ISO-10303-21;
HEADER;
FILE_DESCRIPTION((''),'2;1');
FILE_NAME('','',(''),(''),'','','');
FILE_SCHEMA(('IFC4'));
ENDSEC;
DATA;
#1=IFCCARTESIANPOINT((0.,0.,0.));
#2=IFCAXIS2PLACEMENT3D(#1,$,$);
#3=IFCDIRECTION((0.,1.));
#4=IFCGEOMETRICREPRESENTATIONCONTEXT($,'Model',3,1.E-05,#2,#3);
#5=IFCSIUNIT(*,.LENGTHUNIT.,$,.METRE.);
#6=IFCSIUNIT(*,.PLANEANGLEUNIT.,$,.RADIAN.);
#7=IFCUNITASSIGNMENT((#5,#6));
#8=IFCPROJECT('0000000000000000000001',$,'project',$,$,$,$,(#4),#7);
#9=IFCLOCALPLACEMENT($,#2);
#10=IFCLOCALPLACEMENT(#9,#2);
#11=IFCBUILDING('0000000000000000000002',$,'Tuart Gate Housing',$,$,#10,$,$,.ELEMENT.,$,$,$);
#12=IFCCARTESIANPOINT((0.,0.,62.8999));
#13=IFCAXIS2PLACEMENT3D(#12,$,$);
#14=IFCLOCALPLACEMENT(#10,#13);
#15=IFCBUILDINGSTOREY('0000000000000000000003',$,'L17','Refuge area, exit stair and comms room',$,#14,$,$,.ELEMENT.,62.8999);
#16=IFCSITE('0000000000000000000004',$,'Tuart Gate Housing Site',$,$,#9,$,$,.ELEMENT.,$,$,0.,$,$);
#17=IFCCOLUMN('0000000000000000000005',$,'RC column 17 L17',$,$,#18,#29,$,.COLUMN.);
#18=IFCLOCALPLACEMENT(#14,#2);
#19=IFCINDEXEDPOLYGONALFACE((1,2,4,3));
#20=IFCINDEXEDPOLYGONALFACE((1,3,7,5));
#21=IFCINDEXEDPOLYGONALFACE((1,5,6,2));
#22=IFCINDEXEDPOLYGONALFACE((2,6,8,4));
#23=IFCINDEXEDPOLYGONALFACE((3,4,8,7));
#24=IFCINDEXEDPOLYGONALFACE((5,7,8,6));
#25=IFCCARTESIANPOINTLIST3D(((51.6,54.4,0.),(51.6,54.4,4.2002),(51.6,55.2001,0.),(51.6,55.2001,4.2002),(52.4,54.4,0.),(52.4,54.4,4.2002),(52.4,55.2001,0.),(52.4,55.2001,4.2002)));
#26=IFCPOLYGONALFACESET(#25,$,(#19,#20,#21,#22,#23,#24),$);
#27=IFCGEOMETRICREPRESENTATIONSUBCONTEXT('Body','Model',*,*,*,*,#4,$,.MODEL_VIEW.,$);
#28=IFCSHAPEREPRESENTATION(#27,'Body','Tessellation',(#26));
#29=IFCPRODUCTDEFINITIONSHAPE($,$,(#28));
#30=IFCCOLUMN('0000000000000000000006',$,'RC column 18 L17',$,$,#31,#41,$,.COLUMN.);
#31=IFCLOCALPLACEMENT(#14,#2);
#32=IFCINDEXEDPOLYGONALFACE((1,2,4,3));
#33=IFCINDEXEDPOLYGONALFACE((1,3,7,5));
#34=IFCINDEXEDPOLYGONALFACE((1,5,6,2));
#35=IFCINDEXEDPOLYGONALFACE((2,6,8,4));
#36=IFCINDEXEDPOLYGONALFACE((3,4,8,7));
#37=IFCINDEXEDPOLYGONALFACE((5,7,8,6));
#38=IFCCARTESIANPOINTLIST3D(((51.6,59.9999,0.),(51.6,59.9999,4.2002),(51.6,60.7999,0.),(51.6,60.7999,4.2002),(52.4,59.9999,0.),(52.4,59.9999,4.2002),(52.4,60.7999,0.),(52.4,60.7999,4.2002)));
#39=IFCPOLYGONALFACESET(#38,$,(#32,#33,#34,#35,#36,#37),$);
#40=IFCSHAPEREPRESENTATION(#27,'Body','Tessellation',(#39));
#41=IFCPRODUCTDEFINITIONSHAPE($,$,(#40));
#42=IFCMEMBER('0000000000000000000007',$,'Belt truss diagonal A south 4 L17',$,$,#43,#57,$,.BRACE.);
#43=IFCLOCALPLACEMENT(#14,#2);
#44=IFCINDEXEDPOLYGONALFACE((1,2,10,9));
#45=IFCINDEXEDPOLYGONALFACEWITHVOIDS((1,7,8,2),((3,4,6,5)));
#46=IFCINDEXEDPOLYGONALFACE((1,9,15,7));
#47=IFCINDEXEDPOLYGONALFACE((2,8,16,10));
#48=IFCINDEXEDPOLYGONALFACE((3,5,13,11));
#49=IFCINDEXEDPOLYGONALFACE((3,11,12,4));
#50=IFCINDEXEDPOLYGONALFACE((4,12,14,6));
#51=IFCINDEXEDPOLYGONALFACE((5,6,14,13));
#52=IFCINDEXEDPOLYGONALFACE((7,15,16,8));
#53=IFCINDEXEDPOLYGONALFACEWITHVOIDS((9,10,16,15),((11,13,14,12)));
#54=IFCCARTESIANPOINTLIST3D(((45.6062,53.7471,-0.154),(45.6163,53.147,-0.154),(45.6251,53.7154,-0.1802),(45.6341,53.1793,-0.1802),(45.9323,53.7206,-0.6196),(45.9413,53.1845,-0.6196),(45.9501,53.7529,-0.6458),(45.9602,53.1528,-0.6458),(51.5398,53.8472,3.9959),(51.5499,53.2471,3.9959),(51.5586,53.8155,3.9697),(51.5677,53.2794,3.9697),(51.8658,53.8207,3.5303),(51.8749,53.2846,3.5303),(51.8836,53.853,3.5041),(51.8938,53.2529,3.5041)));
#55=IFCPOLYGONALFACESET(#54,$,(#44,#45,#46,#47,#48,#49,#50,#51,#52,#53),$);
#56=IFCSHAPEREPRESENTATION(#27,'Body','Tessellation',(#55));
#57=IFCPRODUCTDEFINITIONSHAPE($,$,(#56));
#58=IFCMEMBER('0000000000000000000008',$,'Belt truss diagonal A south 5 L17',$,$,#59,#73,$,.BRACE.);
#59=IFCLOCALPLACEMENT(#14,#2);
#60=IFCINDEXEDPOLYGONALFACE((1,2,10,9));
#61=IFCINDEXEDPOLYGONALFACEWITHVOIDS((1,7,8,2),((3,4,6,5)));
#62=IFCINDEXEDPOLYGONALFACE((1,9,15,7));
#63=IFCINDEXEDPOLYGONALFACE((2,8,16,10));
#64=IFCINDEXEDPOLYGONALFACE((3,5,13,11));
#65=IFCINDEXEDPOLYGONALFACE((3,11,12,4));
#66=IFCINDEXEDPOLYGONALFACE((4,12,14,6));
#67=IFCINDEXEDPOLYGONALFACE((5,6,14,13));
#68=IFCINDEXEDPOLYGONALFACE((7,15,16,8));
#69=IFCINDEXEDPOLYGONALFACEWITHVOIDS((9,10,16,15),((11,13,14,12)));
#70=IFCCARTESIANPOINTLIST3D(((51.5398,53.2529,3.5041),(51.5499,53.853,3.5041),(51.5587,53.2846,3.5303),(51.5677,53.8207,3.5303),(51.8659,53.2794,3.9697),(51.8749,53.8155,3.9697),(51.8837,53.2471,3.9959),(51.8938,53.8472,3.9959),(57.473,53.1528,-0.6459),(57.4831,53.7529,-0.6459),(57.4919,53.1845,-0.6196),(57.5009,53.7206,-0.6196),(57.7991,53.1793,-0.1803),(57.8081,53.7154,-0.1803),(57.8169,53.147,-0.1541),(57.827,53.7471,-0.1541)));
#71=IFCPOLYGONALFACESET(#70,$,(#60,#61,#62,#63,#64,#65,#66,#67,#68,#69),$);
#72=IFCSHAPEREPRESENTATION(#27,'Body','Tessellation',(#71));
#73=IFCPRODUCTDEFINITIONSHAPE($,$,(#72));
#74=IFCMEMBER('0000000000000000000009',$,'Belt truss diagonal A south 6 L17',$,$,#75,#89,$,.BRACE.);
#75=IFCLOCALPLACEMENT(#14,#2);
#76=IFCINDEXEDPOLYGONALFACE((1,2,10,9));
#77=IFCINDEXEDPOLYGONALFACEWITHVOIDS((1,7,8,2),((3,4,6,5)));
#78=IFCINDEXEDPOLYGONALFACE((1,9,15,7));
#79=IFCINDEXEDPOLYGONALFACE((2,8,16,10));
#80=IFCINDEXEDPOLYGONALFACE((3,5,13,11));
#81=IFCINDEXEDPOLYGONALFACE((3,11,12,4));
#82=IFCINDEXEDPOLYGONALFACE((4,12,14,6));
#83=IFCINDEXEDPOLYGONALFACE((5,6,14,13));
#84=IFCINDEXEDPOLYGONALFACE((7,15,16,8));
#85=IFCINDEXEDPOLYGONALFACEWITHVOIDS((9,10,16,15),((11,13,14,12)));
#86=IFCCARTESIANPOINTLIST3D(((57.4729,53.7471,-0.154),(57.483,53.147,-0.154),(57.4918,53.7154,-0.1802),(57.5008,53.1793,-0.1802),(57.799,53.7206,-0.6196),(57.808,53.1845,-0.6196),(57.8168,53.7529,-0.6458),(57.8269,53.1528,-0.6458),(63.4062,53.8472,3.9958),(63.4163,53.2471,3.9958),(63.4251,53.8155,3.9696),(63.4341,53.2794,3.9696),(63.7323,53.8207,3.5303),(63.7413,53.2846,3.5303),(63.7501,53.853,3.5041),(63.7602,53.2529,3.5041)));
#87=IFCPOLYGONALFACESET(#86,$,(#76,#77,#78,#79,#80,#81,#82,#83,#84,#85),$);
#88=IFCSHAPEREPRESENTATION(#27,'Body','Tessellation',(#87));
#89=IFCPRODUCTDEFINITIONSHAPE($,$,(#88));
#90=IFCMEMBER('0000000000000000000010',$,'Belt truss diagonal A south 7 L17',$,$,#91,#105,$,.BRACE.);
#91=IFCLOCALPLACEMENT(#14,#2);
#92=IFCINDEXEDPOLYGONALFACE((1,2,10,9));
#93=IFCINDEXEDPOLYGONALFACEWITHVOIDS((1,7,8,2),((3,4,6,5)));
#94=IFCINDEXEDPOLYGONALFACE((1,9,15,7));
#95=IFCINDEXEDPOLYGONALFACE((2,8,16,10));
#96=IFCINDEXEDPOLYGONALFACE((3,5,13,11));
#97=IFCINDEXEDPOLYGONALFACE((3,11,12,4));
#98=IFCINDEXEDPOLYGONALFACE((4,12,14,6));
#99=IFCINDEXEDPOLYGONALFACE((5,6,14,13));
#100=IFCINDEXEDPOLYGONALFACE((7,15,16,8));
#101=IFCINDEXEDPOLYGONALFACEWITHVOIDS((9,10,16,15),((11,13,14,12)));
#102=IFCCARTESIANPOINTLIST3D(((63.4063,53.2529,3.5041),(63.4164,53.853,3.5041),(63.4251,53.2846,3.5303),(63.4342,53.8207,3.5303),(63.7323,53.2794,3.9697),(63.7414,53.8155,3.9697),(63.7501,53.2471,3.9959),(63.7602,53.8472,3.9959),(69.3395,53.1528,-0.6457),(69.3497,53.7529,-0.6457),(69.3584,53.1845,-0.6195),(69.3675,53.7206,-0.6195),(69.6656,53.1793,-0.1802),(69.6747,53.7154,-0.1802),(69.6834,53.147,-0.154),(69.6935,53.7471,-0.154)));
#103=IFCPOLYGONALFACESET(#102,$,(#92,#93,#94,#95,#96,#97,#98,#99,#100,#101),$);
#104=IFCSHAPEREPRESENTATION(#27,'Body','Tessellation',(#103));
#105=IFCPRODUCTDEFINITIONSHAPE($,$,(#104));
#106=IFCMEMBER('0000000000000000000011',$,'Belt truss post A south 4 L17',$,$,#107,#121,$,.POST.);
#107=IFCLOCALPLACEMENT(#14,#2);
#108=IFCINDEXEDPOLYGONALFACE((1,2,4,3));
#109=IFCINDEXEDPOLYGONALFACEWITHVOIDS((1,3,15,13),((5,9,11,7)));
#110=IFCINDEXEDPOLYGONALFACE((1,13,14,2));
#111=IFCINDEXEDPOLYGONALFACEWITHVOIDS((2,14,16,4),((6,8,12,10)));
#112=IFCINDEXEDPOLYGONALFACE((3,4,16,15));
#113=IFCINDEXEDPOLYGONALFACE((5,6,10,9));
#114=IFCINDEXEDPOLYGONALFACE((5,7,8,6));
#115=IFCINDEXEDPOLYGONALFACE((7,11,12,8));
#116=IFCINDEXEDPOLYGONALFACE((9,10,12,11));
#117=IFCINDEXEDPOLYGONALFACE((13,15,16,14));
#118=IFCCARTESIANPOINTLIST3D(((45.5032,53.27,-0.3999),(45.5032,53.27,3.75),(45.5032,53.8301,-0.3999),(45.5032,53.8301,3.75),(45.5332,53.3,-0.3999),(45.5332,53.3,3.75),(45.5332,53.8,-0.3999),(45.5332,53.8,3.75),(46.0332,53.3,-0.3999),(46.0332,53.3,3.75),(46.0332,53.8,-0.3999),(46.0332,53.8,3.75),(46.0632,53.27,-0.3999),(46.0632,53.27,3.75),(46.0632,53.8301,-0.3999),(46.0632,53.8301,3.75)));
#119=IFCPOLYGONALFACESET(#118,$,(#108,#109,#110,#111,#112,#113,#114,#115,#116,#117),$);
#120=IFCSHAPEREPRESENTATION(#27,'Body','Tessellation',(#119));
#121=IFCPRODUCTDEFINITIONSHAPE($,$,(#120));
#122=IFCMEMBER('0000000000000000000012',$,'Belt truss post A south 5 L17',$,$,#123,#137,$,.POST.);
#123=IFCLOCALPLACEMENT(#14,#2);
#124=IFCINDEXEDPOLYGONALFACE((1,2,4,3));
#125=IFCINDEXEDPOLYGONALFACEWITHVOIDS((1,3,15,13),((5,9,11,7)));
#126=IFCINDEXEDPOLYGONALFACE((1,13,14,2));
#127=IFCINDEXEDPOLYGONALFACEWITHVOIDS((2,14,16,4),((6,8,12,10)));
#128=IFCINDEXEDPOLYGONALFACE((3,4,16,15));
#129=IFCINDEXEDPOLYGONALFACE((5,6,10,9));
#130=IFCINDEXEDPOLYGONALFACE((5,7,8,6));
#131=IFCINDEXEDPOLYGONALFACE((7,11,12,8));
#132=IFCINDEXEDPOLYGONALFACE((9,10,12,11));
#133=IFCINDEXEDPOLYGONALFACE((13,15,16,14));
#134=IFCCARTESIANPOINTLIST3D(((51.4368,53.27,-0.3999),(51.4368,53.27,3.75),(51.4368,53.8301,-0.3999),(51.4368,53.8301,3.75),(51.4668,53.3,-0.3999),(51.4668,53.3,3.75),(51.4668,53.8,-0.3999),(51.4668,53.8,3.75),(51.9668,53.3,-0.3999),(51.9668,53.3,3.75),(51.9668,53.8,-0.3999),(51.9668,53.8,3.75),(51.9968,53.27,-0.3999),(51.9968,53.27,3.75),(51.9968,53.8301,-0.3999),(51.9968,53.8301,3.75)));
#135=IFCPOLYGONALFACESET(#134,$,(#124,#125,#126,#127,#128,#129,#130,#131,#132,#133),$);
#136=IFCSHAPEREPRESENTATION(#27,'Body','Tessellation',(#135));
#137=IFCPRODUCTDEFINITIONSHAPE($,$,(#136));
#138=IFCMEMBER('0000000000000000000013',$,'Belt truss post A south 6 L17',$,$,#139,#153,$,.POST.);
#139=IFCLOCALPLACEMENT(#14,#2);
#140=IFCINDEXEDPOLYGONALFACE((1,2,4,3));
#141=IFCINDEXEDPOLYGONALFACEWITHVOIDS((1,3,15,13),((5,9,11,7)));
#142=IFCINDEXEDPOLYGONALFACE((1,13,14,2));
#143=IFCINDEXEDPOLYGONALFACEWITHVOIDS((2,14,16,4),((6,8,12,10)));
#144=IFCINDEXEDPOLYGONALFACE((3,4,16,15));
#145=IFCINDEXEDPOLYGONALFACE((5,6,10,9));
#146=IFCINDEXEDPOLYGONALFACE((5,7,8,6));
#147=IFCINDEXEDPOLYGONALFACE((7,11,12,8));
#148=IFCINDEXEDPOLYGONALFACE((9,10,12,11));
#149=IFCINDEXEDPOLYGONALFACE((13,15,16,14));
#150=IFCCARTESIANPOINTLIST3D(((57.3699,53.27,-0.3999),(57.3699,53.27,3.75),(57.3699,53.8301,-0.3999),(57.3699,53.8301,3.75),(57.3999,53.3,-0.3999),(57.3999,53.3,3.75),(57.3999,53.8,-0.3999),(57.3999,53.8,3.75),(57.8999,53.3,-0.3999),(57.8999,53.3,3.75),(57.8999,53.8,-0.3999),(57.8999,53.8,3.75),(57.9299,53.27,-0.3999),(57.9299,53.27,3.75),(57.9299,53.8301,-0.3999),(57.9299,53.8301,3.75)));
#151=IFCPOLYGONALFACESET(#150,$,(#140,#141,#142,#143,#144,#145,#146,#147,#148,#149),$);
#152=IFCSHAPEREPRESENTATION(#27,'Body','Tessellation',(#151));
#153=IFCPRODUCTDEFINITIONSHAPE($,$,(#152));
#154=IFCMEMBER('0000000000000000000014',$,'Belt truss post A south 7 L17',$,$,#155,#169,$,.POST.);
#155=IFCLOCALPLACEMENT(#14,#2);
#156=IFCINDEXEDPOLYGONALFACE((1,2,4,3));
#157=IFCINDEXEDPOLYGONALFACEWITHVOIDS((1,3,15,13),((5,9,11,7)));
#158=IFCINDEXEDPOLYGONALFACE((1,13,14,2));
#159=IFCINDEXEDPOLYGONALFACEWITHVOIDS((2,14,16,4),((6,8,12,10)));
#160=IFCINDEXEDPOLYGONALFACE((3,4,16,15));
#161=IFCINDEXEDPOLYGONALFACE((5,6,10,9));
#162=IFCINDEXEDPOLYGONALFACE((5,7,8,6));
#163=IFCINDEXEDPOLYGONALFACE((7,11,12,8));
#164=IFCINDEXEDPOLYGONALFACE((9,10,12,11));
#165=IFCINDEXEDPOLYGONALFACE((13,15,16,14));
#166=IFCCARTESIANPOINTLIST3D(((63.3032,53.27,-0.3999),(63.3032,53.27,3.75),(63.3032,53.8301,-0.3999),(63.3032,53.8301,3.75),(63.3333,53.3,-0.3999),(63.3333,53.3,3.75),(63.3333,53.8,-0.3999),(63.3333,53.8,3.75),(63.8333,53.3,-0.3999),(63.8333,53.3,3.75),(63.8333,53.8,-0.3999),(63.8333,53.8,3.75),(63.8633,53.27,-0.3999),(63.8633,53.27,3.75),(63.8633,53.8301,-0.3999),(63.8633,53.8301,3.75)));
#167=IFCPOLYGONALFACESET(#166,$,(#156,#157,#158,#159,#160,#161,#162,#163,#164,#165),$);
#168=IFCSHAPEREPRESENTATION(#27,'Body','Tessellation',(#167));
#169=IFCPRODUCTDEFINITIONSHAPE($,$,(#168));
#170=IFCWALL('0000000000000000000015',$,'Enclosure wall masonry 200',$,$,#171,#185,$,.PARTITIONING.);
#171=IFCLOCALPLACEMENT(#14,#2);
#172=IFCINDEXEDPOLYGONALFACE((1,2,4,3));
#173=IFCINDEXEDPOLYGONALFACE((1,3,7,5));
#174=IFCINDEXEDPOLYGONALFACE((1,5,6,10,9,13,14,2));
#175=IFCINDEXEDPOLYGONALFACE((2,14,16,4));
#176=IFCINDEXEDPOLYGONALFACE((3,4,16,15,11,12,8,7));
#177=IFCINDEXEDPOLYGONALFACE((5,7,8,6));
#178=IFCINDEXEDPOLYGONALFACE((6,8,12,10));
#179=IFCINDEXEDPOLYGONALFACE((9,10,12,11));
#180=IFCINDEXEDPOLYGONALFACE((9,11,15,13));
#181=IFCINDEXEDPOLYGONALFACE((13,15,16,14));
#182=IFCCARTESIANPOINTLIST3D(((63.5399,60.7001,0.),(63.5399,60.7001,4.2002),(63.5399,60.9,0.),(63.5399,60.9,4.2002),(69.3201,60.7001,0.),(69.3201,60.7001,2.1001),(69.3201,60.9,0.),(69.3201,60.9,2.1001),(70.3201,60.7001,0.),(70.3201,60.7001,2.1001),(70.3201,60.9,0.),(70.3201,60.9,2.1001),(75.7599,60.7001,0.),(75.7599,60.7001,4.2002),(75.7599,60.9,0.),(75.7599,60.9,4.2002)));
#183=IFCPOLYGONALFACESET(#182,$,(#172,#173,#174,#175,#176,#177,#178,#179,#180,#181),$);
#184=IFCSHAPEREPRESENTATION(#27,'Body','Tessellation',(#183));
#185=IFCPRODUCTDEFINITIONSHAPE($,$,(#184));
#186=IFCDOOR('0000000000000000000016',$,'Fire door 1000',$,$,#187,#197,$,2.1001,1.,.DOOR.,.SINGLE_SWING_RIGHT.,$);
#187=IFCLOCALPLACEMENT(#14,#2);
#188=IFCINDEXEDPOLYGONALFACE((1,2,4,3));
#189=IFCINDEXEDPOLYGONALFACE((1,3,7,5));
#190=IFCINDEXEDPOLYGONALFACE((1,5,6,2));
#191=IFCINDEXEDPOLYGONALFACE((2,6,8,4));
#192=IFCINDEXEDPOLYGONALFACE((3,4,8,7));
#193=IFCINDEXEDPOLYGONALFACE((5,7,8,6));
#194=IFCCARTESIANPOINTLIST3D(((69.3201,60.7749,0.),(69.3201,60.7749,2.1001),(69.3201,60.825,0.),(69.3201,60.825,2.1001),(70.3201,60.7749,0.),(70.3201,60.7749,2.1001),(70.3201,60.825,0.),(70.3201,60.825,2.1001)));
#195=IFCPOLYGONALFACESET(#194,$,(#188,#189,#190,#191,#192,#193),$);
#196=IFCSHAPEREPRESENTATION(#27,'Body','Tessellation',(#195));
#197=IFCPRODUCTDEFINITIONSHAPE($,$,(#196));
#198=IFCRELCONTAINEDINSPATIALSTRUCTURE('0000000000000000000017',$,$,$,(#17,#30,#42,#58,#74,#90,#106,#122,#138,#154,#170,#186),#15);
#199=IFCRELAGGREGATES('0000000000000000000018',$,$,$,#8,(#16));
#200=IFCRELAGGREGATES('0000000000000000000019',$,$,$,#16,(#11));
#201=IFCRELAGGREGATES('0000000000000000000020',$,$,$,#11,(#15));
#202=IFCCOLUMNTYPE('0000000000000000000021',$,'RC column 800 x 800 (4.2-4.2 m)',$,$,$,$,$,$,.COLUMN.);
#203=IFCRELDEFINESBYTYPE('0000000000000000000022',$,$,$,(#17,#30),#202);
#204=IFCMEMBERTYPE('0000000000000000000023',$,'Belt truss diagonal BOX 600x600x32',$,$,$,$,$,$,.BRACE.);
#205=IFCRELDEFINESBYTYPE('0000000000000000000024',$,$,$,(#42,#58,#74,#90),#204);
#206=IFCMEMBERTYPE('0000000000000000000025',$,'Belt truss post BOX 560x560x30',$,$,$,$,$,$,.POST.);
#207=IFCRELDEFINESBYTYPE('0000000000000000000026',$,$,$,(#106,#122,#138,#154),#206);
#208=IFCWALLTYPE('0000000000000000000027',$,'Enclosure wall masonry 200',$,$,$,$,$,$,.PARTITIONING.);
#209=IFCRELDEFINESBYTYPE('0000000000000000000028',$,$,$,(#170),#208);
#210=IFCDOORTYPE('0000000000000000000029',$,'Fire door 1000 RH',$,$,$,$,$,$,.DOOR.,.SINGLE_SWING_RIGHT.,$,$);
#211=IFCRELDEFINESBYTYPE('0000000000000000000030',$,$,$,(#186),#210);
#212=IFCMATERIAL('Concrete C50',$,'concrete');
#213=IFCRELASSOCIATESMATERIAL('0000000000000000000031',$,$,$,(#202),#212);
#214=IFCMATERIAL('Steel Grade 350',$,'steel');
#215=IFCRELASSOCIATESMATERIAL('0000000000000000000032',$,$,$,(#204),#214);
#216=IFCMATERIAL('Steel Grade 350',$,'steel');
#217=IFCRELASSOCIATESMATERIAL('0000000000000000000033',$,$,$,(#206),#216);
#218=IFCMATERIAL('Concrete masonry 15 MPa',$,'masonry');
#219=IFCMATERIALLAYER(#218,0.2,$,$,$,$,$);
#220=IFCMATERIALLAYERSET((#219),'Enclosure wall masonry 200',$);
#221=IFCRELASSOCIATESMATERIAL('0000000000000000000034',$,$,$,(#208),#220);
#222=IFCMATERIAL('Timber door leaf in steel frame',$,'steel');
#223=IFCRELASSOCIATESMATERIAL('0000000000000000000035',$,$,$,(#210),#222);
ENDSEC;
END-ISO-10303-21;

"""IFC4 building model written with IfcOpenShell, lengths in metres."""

from ifc_helpers import new_model, si_unit, direction, frame, frame_2d, origin, origin_2d, place, context, subcontext, project, spatial, rectangle, hollow_rectangle, extrude, material, layer, layer_set, material_profile, profile_set, type_object, element, fill, save


model = new_model("IFC4")

# Units and contexts
model_context = context("Model", 3, precision=1e-05, world=origin(), true_north=direction((0.0, 1.0)))
body_context = subcontext(model_context, "Body", "Model", "MODEL_VIEW")
ifc_project = project(units=[si_unit("LENGTHUNIT", "METRE"), si_unit("PLANEANGLEUNIT", "RADIAN")], contexts=[model_context])

# Site, building, storey
site_placement = place(None, origin())
site = spatial("IfcSite", under=ifc_project, at=site_placement, Name="Tuart Gate Housing Site", CompositionType="ELEMENT", RefElevation=0.0)
building_placement = place(site_placement, origin())
building = spatial("IfcBuilding", under=site, at=building_placement, Name="Tuart Gate Housing", CompositionType="ELEMENT")
storey_placement = place(building_placement, frame((0.0, 0.0, 62.8999)))
storey = spatial("IfcBuildingStorey", under=building, at=storey_placement, Name="L17", Description="Refuge area, exit stair and comms room", CompositionType="ELEMENT", Elevation=62.8999)

# Columns
ifc_material_1 = material(Name="Concrete C50", Category="concrete")
ifc_material_profile_1 = material_profile(ifc_material_1, rectangle(XDim=0.8, YDim=0.8, at=origin_2d()), Name="RC column 800 x 800 (4.2-4.2 m)")
ifc_profile_set_1 = profile_set([ifc_material_profile_1], Name="Concrete C50")
column_type = type_object("IfcColumnType", Name="RC column 800 x 800 (4.2-4.2 m)", PredefinedType="COLUMN", material=ifc_profile_set_1)
for number, where, z_axis, x_axis, name in (
    (1, (52.0, 54.8, 0.0), (0.0, 0.0, 1.0), (1.0, 0.0, 0.0), "RC column 17 L17"),
    (2, (52.0, 60.3999, 0.0), (0.0, 0.0, 1.0), (1.0, 0.0, 0.0), "RC column 18 L17"),
):
    element("IfcColumn", number, at=place(storey_placement, frame(where, z_axis=z_axis, x_axis=x_axis)), inside=storey, type_object=column_type, Name=name, PredefinedType="COLUMN", context=body_context, shape_type="SweptSolid", body=[
        extrude(rectangle(XDim=0.8, YDim=0.8, at=origin_2d()), origin(), (0.0, 0.0, 1.0), 4.2002),
    ])

# Members
ifc_material_2 = material(Name="Steel Grade 350", Category="steel")
ifc_material_profile_2 = material_profile(ifc_material_2, hollow_rectangle(XDim=0.6001, YDim=0.6001, WallThickness=0.032, at=origin_2d()), Name="BOX 600x600x32")
ifc_profile_set_2 = profile_set([ifc_material_profile_2], Name="Steel Grade 350")
member_type_1 = type_object("IfcMemberType", Name="Belt truss diagonal BOX 600x600x32", PredefinedType="BRACE", material=ifc_profile_set_2)
member_placement = place(storey_placement, frame((45.7832, 53.45, -0.3999), z_axis=(0.819388, 0.013823, 0.573073), x_axis=(-0.016867, 0.999858, 0.0)))
element("IfcMember", 3, at=member_placement, inside=storey, type_object=member_type_1, Name="Belt truss diagonal A south 4 L17", PredefinedType="BRACE", context=body_context, shape_type="SweptSolid", body=[
    extrude(hollow_rectangle(XDim=0.6001, YDim=0.6001, WallThickness=0.032, at=origin_2d()), origin(), (0.0, 0.0, 1.0), 7.2415),
])
for number, where, z_axis, x_axis, name in (
    (4, (51.7168, 53.55, 3.75), (0.819366, -0.013824, -0.573104), (0.016869, 0.999858, 0.0), "Belt truss diagonal A south 5 L17"),
    (5, (57.6499, 53.45, -0.3999), (0.819377, 0.013823, 0.573088), (-0.016868, 0.999858, 0.0), "Belt truss diagonal A south 6 L17"),
    (6, (63.5833, 53.55, 3.75), (0.819377, -0.013823, -0.573088), (0.016868, 0.999858, 0.0), "Belt truss diagonal A south 7 L17"),
):
    element("IfcMember", number, at=place(storey_placement, frame(where, z_axis=z_axis, x_axis=x_axis)), inside=storey, type_object=member_type_1, Name=name, PredefinedType="BRACE", context=body_context, shape_type="SweptSolid", body=[
        extrude(hollow_rectangle(XDim=0.6001, YDim=0.6001, WallThickness=0.032, at=origin_2d()), origin(), (0.0, 0.0, 1.0), 7.2412),
    ])
ifc_material_3 = material(Name="Steel Grade 350", Category="steel")
ifc_material_profile_3 = material_profile(ifc_material_3, hollow_rectangle(XDim=0.5601, YDim=0.5601, WallThickness=0.03, at=origin_2d()), Name="BOX 560x560x30")
ifc_profile_set_3 = profile_set([ifc_material_profile_3], Name="Steel Grade 350")
member_type_2 = type_object("IfcMemberType", Name="Belt truss post BOX 560x560x30", PredefinedType="POST", material=ifc_profile_set_3)
for number, where, z_axis, x_axis, name in (
    (7, (45.7832, 53.55, -0.3999), (0.0, 0.0, 1.0), (1.0, 0.0, 0.0), "Belt truss post A south 4 L17"),
    (8, (51.7168, 53.55, -0.3999), (0.0, 0.0, 1.0), (1.0, 0.0, 0.0), "Belt truss post A south 5 L17"),
    (9, (57.6499, 53.55, -0.3999), (0.0, 0.0, 1.0), (1.0, 0.0, 0.0), "Belt truss post A south 6 L17"),
    (10, (63.5833, 53.55, -0.3999), (0.0, 0.0, 1.0), (1.0, 0.0, 0.0), "Belt truss post A south 7 L17"),
):
    element("IfcMember", number, at=place(storey_placement, frame(where, z_axis=z_axis, x_axis=x_axis)), inside=storey, type_object=member_type_2, Name=name, PredefinedType="POST", context=body_context, shape_type="SweptSolid", body=[
        extrude(hollow_rectangle(XDim=0.5601, YDim=0.5601, WallThickness=0.03, at=origin_2d()), origin(), (0.0, 0.0, 1.0), 4.1499),
    ])

# Wall, opening, door
ifc_material_4 = material(Name="Concrete masonry 15 MPa", Category="masonry")
ifc_layer_1 = layer(ifc_material_4, 0.2)
ifc_layer_set_1 = layer_set([ifc_layer_1], Name="Enclosure wall masonry 200")
wall_type_1 = type_object("IfcWallType", Name="Enclosure wall masonry 200", PredefinedType="PARTITIONING", material=ifc_layer_set_1)
wall_1_placement = place(storey_placement, frame((63.54, 60.8, 0.0), z_axis=(0.0, 0.0, 1.0), x_axis=(1.0, 0.0, 0.0)))
wall_1 = element("IfcWall", 11, at=wall_1_placement, inside=storey, type_object=wall_type_1, Name="Enclosure wall masonry 200", PredefinedType="PARTITIONING", context=body_context, shape_type="SweptSolid", body=[
    extrude(rectangle(XDim=12.22, YDim=0.2, at=frame_2d((6.1099, 0.0))), origin(), (0.0, 0.0, 1.0), 4.2002),
])
opening_1_placement = place(wall_1_placement, frame((5.78, 0.0, 0.0)))
opening_1 = element("IfcOpeningElement", 12, at=opening_1_placement, cuts=wall_1, PredefinedType="OPENING", context=body_context, shape_type="SweptSolid", body=[
    extrude(rectangle(XDim=1.0, YDim=2.1001, at=frame_2d((0.5, 1.05))), frame((0.0, 0.1099, 0.0), z_axis=(0.0, -1.0, 0.0), x_axis=(1.0, 0.0, 0.0)), (0.0, 0.0, 1.0), 0.22),
])
ifc_material_5 = material(Name="Timber door leaf in steel frame", Category="steel")
door_type_1 = type_object("IfcDoorType", Name="Fire door 1000 RH", OperationType="SINGLE_SWING_RIGHT", PredefinedType="DOOR", material=ifc_material_5)
door_1_placement = place(opening_1_placement, frame((1.0, 0.0, 0.0), z_axis=(0.0, 0.0, 1.0), x_axis=(-1.0, 0.0, 0.0)))
door_1 = element("IfcDoor", 13, at=door_1_placement, inside=storey, type_object=door_type_1, Name="Fire door 1000", OperationType="SINGLE_SWING_RIGHT", OverallHeight=2.1001, OverallWidth=1.0, PredefinedType="DOOR", context=body_context, shape_type="SweptSolid", body=[
    extrude(rectangle(XDim=1.0, YDim=2.1001, at=frame_2d((0.5, 1.05))), frame((0.0, 0.0251, 0.0), z_axis=(0.0, -1.0, 0.0), x_axis=(1.0, 0.0, 0.0)), (0.0, 0.0, 1.0), 0.05),
])
fill(opening_1, door_1)

save(model, "model.ifc")
